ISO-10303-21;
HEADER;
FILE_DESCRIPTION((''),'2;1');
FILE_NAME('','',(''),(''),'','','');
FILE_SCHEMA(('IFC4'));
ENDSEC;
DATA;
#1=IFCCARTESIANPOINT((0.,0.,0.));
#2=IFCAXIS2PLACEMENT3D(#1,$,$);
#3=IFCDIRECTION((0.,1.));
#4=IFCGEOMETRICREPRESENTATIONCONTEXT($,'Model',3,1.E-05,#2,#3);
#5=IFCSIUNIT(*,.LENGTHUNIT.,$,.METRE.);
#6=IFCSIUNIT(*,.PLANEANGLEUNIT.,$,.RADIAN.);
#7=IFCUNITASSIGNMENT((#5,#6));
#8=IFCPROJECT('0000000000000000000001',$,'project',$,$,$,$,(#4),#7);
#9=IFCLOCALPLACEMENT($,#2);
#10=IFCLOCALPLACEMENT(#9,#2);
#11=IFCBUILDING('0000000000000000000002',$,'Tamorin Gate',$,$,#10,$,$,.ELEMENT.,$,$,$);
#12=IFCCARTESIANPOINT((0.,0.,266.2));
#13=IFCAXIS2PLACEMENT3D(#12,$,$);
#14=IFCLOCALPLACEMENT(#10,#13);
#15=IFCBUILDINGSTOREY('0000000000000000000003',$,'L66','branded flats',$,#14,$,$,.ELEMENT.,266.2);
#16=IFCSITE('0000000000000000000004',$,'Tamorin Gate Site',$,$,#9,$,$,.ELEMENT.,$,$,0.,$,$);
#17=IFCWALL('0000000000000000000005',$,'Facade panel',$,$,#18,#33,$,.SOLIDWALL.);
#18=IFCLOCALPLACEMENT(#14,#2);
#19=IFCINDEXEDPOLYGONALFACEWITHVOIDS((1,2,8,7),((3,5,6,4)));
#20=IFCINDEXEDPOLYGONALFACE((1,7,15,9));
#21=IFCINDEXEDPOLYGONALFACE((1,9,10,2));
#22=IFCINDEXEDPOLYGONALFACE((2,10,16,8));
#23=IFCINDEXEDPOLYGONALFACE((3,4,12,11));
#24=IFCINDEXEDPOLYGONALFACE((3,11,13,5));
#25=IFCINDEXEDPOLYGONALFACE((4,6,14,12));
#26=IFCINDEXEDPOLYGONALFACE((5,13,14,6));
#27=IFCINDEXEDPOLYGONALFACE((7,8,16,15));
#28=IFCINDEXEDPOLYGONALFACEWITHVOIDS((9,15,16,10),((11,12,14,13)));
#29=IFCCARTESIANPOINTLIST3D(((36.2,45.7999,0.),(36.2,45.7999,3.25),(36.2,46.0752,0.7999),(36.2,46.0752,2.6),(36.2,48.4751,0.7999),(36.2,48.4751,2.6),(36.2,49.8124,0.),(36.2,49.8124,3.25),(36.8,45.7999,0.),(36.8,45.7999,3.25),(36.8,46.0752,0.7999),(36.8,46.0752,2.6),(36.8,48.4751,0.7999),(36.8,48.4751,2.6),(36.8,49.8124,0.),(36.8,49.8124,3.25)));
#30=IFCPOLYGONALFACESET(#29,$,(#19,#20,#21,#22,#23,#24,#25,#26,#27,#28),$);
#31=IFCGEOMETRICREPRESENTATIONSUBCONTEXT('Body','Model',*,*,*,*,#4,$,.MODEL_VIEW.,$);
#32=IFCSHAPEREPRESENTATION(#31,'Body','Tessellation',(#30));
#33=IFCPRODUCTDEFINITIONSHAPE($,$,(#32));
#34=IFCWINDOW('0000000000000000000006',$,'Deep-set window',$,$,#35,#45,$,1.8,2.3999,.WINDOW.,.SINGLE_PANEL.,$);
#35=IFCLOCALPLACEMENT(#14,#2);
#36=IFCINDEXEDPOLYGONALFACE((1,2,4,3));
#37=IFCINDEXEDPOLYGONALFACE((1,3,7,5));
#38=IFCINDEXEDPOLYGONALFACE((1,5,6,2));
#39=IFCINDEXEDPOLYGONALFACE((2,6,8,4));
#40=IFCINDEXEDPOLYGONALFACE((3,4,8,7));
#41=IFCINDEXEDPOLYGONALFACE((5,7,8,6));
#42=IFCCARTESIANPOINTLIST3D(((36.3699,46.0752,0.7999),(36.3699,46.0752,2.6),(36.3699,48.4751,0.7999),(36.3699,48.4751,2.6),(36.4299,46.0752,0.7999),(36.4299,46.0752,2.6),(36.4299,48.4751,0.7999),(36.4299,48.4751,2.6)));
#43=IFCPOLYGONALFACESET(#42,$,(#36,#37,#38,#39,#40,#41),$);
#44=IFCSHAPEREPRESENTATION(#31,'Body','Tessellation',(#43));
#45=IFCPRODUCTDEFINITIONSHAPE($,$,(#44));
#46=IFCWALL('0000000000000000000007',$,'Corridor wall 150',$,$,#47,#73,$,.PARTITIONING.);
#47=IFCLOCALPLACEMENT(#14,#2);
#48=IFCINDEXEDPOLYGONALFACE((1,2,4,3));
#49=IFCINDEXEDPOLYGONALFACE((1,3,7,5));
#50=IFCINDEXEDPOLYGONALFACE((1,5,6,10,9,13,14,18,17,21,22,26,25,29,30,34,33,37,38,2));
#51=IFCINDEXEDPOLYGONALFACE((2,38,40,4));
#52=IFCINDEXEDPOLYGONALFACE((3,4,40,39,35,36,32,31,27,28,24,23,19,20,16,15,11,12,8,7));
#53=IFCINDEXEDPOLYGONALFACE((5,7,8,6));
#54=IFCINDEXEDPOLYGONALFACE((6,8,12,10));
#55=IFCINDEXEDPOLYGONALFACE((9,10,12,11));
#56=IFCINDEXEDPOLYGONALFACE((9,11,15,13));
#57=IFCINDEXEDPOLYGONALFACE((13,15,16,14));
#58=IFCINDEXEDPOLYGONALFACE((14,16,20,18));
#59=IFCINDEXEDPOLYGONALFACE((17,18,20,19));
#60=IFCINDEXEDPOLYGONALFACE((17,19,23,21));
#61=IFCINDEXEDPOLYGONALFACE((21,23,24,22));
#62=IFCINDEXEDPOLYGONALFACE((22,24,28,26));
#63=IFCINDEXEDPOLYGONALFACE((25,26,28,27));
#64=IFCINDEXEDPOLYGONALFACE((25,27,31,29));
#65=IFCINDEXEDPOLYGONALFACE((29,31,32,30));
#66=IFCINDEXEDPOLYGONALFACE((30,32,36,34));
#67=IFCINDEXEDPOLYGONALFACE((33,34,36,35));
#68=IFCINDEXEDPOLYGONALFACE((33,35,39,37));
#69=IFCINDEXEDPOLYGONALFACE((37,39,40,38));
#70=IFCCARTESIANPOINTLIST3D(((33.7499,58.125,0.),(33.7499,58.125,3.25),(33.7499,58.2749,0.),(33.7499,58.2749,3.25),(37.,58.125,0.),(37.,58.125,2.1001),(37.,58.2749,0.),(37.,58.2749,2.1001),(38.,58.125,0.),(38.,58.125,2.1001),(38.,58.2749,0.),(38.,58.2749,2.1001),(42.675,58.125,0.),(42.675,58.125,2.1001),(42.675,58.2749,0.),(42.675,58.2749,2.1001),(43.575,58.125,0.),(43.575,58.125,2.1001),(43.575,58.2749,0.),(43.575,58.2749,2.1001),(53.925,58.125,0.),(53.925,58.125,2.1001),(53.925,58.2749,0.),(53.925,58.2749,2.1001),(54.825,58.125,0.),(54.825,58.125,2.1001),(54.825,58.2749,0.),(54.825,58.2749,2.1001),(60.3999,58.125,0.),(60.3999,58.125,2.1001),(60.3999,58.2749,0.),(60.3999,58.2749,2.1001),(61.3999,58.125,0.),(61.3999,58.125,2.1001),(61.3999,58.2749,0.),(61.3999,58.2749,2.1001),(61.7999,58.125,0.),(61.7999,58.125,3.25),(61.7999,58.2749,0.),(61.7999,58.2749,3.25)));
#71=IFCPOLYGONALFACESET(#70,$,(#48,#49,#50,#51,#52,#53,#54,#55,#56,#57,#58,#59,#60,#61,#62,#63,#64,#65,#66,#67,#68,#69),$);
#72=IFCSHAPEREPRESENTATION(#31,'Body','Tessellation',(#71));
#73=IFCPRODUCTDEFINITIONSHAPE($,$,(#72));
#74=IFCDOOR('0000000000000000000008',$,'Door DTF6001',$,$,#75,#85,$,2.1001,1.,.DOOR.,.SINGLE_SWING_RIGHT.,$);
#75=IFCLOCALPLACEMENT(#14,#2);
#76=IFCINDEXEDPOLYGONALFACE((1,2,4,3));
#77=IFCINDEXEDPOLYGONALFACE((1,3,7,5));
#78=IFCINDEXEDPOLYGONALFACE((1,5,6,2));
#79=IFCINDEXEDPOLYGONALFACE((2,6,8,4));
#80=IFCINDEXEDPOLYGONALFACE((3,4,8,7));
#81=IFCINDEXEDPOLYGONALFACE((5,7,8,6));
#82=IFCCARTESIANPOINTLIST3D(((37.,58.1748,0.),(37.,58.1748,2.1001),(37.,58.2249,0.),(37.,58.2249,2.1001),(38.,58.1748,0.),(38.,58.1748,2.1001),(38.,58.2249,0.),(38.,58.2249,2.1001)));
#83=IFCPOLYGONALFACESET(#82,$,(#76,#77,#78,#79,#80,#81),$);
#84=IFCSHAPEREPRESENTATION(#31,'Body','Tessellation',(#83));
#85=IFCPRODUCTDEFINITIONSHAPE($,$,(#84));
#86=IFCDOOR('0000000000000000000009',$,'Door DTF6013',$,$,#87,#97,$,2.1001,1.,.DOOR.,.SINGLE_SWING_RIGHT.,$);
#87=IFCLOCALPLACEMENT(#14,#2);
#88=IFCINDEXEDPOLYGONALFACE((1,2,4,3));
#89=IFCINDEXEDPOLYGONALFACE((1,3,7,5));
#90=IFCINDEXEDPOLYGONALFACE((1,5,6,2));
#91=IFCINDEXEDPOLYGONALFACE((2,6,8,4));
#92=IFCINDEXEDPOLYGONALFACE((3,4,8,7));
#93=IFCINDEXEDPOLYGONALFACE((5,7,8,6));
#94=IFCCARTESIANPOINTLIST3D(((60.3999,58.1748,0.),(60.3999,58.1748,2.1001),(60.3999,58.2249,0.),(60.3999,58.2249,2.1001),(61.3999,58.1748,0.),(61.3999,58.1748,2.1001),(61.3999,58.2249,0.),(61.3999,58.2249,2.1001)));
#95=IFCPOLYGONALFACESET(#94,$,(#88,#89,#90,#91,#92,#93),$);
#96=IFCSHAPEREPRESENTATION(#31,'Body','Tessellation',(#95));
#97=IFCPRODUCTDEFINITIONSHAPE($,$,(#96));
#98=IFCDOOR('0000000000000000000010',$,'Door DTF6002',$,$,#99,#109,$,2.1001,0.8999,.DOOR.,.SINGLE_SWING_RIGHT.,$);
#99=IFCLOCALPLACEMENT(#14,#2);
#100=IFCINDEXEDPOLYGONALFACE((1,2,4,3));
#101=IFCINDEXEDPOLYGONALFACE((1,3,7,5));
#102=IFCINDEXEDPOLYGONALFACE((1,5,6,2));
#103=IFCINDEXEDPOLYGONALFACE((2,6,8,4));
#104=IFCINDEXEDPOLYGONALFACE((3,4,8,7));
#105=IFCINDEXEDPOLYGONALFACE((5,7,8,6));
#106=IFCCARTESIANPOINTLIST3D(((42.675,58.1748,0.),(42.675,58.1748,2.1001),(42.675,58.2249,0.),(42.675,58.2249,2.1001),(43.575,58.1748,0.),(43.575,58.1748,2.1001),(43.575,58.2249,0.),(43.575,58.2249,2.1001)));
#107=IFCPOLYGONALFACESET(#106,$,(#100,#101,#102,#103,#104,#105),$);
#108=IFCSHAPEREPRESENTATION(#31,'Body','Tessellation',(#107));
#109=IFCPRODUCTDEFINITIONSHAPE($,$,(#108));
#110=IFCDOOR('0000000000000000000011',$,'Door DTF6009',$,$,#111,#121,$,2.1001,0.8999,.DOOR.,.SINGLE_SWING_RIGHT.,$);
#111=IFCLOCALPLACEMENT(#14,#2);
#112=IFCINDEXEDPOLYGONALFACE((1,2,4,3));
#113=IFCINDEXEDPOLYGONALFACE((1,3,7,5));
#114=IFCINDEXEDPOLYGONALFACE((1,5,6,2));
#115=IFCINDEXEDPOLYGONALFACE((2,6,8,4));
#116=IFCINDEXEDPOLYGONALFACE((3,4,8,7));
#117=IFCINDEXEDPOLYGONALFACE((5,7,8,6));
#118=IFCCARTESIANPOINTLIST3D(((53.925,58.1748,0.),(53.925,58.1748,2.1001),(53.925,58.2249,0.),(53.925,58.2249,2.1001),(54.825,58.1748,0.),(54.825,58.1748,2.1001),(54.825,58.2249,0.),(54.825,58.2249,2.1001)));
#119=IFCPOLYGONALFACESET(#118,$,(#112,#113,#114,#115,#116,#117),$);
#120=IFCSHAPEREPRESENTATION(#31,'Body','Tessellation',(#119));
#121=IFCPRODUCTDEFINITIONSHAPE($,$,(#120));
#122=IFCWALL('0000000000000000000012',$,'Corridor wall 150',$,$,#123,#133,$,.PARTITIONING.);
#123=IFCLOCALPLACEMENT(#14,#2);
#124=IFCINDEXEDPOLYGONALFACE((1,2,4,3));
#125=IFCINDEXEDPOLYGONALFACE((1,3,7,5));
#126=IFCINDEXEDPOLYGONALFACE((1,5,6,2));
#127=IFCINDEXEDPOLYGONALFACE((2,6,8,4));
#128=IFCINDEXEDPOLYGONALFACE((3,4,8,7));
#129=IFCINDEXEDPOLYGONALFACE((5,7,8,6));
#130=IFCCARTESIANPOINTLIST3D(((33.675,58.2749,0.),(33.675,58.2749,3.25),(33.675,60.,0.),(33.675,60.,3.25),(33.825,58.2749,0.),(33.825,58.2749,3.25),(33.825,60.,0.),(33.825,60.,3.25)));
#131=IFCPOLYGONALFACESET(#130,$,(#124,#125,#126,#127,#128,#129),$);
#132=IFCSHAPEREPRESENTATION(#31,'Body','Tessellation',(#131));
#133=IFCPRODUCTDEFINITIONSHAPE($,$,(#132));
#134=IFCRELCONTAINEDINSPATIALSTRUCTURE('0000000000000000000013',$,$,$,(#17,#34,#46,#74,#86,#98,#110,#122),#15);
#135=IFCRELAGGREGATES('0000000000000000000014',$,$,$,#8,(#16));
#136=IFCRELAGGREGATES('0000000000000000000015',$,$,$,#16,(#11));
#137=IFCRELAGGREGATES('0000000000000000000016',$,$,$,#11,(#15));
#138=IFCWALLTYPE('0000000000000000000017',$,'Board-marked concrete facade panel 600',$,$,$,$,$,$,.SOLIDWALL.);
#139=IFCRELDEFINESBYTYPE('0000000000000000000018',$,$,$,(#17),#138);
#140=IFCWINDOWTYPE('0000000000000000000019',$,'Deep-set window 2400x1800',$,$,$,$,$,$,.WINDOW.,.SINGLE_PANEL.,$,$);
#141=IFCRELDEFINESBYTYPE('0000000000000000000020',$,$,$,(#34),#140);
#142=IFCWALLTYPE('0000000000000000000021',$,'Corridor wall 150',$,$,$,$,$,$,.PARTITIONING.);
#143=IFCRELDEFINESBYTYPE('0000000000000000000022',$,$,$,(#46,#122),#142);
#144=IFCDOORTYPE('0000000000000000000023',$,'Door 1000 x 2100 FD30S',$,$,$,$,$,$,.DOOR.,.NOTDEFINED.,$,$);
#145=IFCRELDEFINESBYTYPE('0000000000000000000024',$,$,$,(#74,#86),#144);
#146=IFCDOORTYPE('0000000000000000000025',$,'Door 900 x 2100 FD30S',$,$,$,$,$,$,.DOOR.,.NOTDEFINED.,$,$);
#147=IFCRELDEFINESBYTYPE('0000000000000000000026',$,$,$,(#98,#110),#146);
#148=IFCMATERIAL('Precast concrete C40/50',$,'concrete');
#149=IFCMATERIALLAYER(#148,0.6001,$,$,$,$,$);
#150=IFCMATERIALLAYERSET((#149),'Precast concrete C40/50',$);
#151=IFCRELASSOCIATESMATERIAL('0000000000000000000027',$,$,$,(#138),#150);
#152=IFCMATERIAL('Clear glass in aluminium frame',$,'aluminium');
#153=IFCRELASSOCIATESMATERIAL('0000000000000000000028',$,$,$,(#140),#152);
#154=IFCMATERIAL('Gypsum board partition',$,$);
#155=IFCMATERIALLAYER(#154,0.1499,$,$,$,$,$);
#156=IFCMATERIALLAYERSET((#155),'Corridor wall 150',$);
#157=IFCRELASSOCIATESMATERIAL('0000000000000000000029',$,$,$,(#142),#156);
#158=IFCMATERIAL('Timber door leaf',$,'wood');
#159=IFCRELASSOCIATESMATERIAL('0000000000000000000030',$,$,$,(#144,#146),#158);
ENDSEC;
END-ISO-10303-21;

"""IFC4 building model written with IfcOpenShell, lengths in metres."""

from ifc_helpers import new_model, si_unit, direction, frame, frame_2d, origin, place, context, subcontext, project, spatial, rectangle, extrude, material, layer, layer_set, type_object, element, fill, save


model = new_model("IFC4")

# Units and contexts
model_context = context("Model", 3, precision=1e-05, world=origin(), true_north=direction((0.0, 1.0)))
body_context = subcontext(model_context, "Body", "Model", "MODEL_VIEW")
ifc_project = project(units=[si_unit("LENGTHUNIT", "METRE"), si_unit("PLANEANGLEUNIT", "RADIAN")], contexts=[model_context])

# Site, building, storey
site_placement = place(None, origin())
site = spatial("IfcSite", under=ifc_project, at=site_placement, Name="Tamorin Gate Site", CompositionType="ELEMENT", RefElevation=0.0)
building_placement = place(site_placement, origin())
building = spatial("IfcBuilding", under=site, at=building_placement, Name="Tamorin Gate", CompositionType="ELEMENT")
storey_placement = place(building_placement, frame((0.0, 0.0, 266.2)))
storey = spatial("IfcBuildingStorey", under=building, at=storey_placement, Name="L66", Description="branded flats", CompositionType="ELEMENT", Elevation=266.2)

# Shared definitions
ifc_material_1 = material(Name="Precast concrete C40/50", Category="concrete")
ifc_layer_1 = layer(ifc_material_1, 0.6001)
ifc_layer_set_1 = layer_set([ifc_layer_1], Name="Precast concrete C40/50")
wall_type_1 = type_object("IfcWallType", Name="Board-marked concrete facade panel 600", PredefinedType="SOLIDWALL", material=ifc_layer_set_1)

# Shared definitions
ifc_material_2 = material(Name="Clear glass in aluminium frame", Category="aluminium")
window_type_1 = type_object("IfcWindowType", Name="Deep-set window 2400x1800", PartitioningType="SINGLE_PANEL", PredefinedType="WINDOW", material=ifc_material_2)

# Wall, opening, window
wall_1_placement = place(storey_placement, frame((36.5, 49.8125, 0.0), z_axis=(0.0, 0.0, 1.0), x_axis=(0.0, -1.0, 0.0)))
wall_1 = element("IfcWall", 1, at=wall_1_placement, inside=storey, type_object=wall_type_1, Name="Facade panel", PredefinedType="SOLIDWALL", context=body_context, shape_type="SweptSolid", body=[
    extrude(rectangle(XDim=4.0125, YDim=0.6001, at=frame_2d((2.0063, 0.0))), origin(), (0.0, 0.0, 1.0), 3.25),
])
opening_1_placement = place(wall_1_placement, frame((1.3374, 0.0, 0.8)))
opening_1 = element("IfcOpeningElement", 2, at=opening_1_placement, cuts=wall_1, PredefinedType="OPENING", context=body_context, shape_type="SweptSolid", body=[
    extrude(rectangle(XDim=2.3999, YDim=1.8, at=frame_2d((1.2, 0.8999))), frame((0.0, 0.3101, 0.0), z_axis=(0.0, -1.0, 0.0), x_axis=(1.0, 0.0, 0.0)), (0.0, 0.0, 1.0), 0.6201),
])
window_1_placement = place(opening_1_placement, origin())
window_1 = element("IfcWindow", 3, at=window_1_placement, inside=storey, type_object=window_type_1, Name="Deep-set window", OverallHeight=1.8, OverallWidth=2.3999, PartitioningType="SINGLE_PANEL", PredefinedType="WINDOW", context=body_context, shape_type="SweptSolid", body=[
    extrude(rectangle(XDim=2.3999, YDim=1.8, at=frame_2d((1.2, 0.8999))), frame((0.0, -0.0701, 0.0), z_axis=(0.0, -1.0, 0.0), x_axis=(1.0, 0.0, 0.0)), (0.0, 0.0, 1.0), 0.0601),
])
fill(opening_1, window_1)

# Wall, openings, doors
ifc_material_3 = material(Name="Gypsum board partition")
ifc_layer_2 = layer(ifc_material_3, 0.1499)
ifc_layer_set_2 = layer_set([ifc_layer_2], Name="Corridor wall 150")
wall_type_2 = type_object("IfcWallType", Name="Corridor wall 150", PredefinedType="PARTITIONING", material=ifc_layer_set_2)
wall_2_placement = place(storey_placement, frame((33.75, 58.2, 0.0), z_axis=(0.0, 0.0, 1.0), x_axis=(1.0, 0.0, 0.0)))
wall_2 = element("IfcWall", 4, at=wall_2_placement, inside=storey, type_object=wall_type_2, Name="Corridor wall 150", PredefinedType="PARTITIONING", context=body_context, shape_type="SweptSolid", body=[
    extrude(rectangle(XDim=28.05, YDim=0.1499, at=frame_2d((14.0249, 0.0))), origin(), (0.0, 0.0, 1.0), 3.25),
])
opening_2_placement = place(wall_2_placement, frame((3.25, 0.0, 0.0)))
opening_2 = element("IfcOpeningElement", 5, at=opening_2_placement, cuts=wall_2, PredefinedType="OPENING", context=body_context, shape_type="SweptSolid", body=[
    extrude(rectangle(XDim=1.0, YDim=2.1001, at=frame_2d((0.5, 1.05))), frame((0.0, 0.085, 0.0), z_axis=(0.0, -1.0, 0.0), x_axis=(1.0, 0.0, 0.0)), (0.0, 0.0, 1.0), 0.1699),
])
opening_3_placement = place(wall_2_placement, frame((8.925, 0.0, 0.0)))
opening_3 = element("IfcOpeningElement", 6, at=opening_3_placement, cuts=wall_2, PredefinedType="OPENING", context=body_context, shape_type="SweptSolid", body=[
    extrude(rectangle(XDim=0.8999, YDim=2.1001, at=frame_2d((0.45, 1.05))), frame((0.0, 0.085, 0.0), z_axis=(0.0, -1.0, 0.0), x_axis=(1.0, 0.0, 0.0)), (0.0, 0.0, 1.0), 0.1699),
])
opening_4_placement = place(wall_2_placement, frame((20.175, 0.0, 0.0)))
opening_4 = element("IfcOpeningElement", 7, at=opening_4_placement, cuts=wall_2, PredefinedType="OPENING", context=body_context, shape_type="SweptSolid", body=[
    extrude(rectangle(XDim=0.8999, YDim=2.1001, at=frame_2d((0.45, 1.05))), frame((0.0, 0.085, 0.0), z_axis=(0.0, -1.0, 0.0), x_axis=(1.0, 0.0, 0.0)), (0.0, 0.0, 1.0), 0.1699),
])
opening_5_placement = place(wall_2_placement, frame((26.6499, 0.0, 0.0)))
opening_5 = element("IfcOpeningElement", 8, at=opening_5_placement, cuts=wall_2, PredefinedType="OPENING", context=body_context, shape_type="SweptSolid", body=[
    extrude(rectangle(XDim=1.0, YDim=2.1001, at=frame_2d((0.5, 1.05))), frame((0.0, 0.085, 0.0), z_axis=(0.0, -1.0, 0.0), x_axis=(1.0, 0.0, 0.0)), (0.0, 0.0, 1.0), 0.1699),
])
ifc_material_4 = material(Name="Timber door leaf", Category="wood")
door_type_1 = type_object("IfcDoorType", Name="Door 1000 x 2100 FD30S", OperationType="NOTDEFINED", PredefinedType="DOOR", material=ifc_material_4)
door_1_placement = place(opening_2_placement, origin())
door_1 = element("IfcDoor", 9, at=door_1_placement, inside=storey, type_object=door_type_1, Name="Door DTF6001", OperationType="SINGLE_SWING_RIGHT", OverallHeight=2.1001, OverallWidth=1.0, PredefinedType="DOOR", context=body_context, shape_type="SweptSolid", body=[
    extrude(rectangle(XDim=1.0, YDim=2.1001, at=frame_2d((0.5, 1.05))), frame((0.0, 0.0249, 0.0), z_axis=(0.0, -1.0, 0.0), x_axis=(1.0, 0.0, 0.0)), (0.0, 0.0, 1.0), 0.05),
])
fill(opening_2, door_1)
door_2_placement = place(opening_5_placement, origin())
door_2 = element("IfcDoor", 10, at=door_2_placement, inside=storey, type_object=door_type_1, Name="Door DTF6013", OperationType="SINGLE_SWING_RIGHT", OverallHeight=2.1001, OverallWidth=1.0, PredefinedType="DOOR", context=body_context, shape_type="SweptSolid", body=[
    extrude(rectangle(XDim=1.0, YDim=2.1001, at=frame_2d((0.5, 1.05))), frame((0.0, 0.0249, 0.0), z_axis=(0.0, -1.0, 0.0), x_axis=(1.0, 0.0, 0.0)), (0.0, 0.0, 1.0), 0.05),
])
fill(opening_5, door_2)
door_type_2 = type_object("IfcDoorType", Name="Door 900 x 2100 FD30S", OperationType="NOTDEFINED", PredefinedType="DOOR", material=ifc_material_4)
door_3_placement = place(opening_3_placement, origin())
door_3 = element("IfcDoor", 11, at=door_3_placement, inside=storey, type_object=door_type_2, Name="Door DTF6002", OperationType="SINGLE_SWING_RIGHT", OverallHeight=2.1001, OverallWidth=0.8999, PredefinedType="DOOR", context=body_context, shape_type="SweptSolid", body=[
    extrude(rectangle(XDim=0.8999, YDim=2.1001, at=frame_2d((0.45, 1.05))), frame((0.0, 0.0249, 0.0), z_axis=(0.0, -1.0, 0.0), x_axis=(1.0, 0.0, 0.0)), (0.0, 0.0, 1.0), 0.05),
])
fill(opening_3, door_3)
door_4_placement = place(opening_4_placement, origin())
door_4 = element("IfcDoor", 12, at=door_4_placement, inside=storey, type_object=door_type_2, Name="Door DTF6009", OperationType="SINGLE_SWING_RIGHT", OverallHeight=2.1001, OverallWidth=0.8999, PredefinedType="DOOR", context=body_context, shape_type="SweptSolid", body=[
    extrude(rectangle(XDim=0.8999, YDim=2.1001, at=frame_2d((0.45, 1.05))), frame((0.0, 0.0249, 0.0), z_axis=(0.0, -1.0, 0.0), x_axis=(1.0, 0.0, 0.0)), (0.0, 0.0, 1.0), 0.05),
])
fill(opening_4, door_4)

# Wall
wall_3_placement = place(storey_placement, frame((33.75, 58.2749, 0.0), z_axis=(0.0, 0.0, 1.0), x_axis=(0.0, 1.0, 0.0)))
element("IfcWall", 13, at=wall_3_placement, inside=storey, type_object=wall_type_2, Name="Corridor wall 150", PredefinedType="PARTITIONING", context=body_context, shape_type="SweptSolid", body=[
    extrude(rectangle(XDim=1.7251, YDim=0.1499, at=frame_2d((0.8625, 0.0))), origin(), (0.0, 0.0, 1.0), 3.25),
])

save(model, "model.ifc")
